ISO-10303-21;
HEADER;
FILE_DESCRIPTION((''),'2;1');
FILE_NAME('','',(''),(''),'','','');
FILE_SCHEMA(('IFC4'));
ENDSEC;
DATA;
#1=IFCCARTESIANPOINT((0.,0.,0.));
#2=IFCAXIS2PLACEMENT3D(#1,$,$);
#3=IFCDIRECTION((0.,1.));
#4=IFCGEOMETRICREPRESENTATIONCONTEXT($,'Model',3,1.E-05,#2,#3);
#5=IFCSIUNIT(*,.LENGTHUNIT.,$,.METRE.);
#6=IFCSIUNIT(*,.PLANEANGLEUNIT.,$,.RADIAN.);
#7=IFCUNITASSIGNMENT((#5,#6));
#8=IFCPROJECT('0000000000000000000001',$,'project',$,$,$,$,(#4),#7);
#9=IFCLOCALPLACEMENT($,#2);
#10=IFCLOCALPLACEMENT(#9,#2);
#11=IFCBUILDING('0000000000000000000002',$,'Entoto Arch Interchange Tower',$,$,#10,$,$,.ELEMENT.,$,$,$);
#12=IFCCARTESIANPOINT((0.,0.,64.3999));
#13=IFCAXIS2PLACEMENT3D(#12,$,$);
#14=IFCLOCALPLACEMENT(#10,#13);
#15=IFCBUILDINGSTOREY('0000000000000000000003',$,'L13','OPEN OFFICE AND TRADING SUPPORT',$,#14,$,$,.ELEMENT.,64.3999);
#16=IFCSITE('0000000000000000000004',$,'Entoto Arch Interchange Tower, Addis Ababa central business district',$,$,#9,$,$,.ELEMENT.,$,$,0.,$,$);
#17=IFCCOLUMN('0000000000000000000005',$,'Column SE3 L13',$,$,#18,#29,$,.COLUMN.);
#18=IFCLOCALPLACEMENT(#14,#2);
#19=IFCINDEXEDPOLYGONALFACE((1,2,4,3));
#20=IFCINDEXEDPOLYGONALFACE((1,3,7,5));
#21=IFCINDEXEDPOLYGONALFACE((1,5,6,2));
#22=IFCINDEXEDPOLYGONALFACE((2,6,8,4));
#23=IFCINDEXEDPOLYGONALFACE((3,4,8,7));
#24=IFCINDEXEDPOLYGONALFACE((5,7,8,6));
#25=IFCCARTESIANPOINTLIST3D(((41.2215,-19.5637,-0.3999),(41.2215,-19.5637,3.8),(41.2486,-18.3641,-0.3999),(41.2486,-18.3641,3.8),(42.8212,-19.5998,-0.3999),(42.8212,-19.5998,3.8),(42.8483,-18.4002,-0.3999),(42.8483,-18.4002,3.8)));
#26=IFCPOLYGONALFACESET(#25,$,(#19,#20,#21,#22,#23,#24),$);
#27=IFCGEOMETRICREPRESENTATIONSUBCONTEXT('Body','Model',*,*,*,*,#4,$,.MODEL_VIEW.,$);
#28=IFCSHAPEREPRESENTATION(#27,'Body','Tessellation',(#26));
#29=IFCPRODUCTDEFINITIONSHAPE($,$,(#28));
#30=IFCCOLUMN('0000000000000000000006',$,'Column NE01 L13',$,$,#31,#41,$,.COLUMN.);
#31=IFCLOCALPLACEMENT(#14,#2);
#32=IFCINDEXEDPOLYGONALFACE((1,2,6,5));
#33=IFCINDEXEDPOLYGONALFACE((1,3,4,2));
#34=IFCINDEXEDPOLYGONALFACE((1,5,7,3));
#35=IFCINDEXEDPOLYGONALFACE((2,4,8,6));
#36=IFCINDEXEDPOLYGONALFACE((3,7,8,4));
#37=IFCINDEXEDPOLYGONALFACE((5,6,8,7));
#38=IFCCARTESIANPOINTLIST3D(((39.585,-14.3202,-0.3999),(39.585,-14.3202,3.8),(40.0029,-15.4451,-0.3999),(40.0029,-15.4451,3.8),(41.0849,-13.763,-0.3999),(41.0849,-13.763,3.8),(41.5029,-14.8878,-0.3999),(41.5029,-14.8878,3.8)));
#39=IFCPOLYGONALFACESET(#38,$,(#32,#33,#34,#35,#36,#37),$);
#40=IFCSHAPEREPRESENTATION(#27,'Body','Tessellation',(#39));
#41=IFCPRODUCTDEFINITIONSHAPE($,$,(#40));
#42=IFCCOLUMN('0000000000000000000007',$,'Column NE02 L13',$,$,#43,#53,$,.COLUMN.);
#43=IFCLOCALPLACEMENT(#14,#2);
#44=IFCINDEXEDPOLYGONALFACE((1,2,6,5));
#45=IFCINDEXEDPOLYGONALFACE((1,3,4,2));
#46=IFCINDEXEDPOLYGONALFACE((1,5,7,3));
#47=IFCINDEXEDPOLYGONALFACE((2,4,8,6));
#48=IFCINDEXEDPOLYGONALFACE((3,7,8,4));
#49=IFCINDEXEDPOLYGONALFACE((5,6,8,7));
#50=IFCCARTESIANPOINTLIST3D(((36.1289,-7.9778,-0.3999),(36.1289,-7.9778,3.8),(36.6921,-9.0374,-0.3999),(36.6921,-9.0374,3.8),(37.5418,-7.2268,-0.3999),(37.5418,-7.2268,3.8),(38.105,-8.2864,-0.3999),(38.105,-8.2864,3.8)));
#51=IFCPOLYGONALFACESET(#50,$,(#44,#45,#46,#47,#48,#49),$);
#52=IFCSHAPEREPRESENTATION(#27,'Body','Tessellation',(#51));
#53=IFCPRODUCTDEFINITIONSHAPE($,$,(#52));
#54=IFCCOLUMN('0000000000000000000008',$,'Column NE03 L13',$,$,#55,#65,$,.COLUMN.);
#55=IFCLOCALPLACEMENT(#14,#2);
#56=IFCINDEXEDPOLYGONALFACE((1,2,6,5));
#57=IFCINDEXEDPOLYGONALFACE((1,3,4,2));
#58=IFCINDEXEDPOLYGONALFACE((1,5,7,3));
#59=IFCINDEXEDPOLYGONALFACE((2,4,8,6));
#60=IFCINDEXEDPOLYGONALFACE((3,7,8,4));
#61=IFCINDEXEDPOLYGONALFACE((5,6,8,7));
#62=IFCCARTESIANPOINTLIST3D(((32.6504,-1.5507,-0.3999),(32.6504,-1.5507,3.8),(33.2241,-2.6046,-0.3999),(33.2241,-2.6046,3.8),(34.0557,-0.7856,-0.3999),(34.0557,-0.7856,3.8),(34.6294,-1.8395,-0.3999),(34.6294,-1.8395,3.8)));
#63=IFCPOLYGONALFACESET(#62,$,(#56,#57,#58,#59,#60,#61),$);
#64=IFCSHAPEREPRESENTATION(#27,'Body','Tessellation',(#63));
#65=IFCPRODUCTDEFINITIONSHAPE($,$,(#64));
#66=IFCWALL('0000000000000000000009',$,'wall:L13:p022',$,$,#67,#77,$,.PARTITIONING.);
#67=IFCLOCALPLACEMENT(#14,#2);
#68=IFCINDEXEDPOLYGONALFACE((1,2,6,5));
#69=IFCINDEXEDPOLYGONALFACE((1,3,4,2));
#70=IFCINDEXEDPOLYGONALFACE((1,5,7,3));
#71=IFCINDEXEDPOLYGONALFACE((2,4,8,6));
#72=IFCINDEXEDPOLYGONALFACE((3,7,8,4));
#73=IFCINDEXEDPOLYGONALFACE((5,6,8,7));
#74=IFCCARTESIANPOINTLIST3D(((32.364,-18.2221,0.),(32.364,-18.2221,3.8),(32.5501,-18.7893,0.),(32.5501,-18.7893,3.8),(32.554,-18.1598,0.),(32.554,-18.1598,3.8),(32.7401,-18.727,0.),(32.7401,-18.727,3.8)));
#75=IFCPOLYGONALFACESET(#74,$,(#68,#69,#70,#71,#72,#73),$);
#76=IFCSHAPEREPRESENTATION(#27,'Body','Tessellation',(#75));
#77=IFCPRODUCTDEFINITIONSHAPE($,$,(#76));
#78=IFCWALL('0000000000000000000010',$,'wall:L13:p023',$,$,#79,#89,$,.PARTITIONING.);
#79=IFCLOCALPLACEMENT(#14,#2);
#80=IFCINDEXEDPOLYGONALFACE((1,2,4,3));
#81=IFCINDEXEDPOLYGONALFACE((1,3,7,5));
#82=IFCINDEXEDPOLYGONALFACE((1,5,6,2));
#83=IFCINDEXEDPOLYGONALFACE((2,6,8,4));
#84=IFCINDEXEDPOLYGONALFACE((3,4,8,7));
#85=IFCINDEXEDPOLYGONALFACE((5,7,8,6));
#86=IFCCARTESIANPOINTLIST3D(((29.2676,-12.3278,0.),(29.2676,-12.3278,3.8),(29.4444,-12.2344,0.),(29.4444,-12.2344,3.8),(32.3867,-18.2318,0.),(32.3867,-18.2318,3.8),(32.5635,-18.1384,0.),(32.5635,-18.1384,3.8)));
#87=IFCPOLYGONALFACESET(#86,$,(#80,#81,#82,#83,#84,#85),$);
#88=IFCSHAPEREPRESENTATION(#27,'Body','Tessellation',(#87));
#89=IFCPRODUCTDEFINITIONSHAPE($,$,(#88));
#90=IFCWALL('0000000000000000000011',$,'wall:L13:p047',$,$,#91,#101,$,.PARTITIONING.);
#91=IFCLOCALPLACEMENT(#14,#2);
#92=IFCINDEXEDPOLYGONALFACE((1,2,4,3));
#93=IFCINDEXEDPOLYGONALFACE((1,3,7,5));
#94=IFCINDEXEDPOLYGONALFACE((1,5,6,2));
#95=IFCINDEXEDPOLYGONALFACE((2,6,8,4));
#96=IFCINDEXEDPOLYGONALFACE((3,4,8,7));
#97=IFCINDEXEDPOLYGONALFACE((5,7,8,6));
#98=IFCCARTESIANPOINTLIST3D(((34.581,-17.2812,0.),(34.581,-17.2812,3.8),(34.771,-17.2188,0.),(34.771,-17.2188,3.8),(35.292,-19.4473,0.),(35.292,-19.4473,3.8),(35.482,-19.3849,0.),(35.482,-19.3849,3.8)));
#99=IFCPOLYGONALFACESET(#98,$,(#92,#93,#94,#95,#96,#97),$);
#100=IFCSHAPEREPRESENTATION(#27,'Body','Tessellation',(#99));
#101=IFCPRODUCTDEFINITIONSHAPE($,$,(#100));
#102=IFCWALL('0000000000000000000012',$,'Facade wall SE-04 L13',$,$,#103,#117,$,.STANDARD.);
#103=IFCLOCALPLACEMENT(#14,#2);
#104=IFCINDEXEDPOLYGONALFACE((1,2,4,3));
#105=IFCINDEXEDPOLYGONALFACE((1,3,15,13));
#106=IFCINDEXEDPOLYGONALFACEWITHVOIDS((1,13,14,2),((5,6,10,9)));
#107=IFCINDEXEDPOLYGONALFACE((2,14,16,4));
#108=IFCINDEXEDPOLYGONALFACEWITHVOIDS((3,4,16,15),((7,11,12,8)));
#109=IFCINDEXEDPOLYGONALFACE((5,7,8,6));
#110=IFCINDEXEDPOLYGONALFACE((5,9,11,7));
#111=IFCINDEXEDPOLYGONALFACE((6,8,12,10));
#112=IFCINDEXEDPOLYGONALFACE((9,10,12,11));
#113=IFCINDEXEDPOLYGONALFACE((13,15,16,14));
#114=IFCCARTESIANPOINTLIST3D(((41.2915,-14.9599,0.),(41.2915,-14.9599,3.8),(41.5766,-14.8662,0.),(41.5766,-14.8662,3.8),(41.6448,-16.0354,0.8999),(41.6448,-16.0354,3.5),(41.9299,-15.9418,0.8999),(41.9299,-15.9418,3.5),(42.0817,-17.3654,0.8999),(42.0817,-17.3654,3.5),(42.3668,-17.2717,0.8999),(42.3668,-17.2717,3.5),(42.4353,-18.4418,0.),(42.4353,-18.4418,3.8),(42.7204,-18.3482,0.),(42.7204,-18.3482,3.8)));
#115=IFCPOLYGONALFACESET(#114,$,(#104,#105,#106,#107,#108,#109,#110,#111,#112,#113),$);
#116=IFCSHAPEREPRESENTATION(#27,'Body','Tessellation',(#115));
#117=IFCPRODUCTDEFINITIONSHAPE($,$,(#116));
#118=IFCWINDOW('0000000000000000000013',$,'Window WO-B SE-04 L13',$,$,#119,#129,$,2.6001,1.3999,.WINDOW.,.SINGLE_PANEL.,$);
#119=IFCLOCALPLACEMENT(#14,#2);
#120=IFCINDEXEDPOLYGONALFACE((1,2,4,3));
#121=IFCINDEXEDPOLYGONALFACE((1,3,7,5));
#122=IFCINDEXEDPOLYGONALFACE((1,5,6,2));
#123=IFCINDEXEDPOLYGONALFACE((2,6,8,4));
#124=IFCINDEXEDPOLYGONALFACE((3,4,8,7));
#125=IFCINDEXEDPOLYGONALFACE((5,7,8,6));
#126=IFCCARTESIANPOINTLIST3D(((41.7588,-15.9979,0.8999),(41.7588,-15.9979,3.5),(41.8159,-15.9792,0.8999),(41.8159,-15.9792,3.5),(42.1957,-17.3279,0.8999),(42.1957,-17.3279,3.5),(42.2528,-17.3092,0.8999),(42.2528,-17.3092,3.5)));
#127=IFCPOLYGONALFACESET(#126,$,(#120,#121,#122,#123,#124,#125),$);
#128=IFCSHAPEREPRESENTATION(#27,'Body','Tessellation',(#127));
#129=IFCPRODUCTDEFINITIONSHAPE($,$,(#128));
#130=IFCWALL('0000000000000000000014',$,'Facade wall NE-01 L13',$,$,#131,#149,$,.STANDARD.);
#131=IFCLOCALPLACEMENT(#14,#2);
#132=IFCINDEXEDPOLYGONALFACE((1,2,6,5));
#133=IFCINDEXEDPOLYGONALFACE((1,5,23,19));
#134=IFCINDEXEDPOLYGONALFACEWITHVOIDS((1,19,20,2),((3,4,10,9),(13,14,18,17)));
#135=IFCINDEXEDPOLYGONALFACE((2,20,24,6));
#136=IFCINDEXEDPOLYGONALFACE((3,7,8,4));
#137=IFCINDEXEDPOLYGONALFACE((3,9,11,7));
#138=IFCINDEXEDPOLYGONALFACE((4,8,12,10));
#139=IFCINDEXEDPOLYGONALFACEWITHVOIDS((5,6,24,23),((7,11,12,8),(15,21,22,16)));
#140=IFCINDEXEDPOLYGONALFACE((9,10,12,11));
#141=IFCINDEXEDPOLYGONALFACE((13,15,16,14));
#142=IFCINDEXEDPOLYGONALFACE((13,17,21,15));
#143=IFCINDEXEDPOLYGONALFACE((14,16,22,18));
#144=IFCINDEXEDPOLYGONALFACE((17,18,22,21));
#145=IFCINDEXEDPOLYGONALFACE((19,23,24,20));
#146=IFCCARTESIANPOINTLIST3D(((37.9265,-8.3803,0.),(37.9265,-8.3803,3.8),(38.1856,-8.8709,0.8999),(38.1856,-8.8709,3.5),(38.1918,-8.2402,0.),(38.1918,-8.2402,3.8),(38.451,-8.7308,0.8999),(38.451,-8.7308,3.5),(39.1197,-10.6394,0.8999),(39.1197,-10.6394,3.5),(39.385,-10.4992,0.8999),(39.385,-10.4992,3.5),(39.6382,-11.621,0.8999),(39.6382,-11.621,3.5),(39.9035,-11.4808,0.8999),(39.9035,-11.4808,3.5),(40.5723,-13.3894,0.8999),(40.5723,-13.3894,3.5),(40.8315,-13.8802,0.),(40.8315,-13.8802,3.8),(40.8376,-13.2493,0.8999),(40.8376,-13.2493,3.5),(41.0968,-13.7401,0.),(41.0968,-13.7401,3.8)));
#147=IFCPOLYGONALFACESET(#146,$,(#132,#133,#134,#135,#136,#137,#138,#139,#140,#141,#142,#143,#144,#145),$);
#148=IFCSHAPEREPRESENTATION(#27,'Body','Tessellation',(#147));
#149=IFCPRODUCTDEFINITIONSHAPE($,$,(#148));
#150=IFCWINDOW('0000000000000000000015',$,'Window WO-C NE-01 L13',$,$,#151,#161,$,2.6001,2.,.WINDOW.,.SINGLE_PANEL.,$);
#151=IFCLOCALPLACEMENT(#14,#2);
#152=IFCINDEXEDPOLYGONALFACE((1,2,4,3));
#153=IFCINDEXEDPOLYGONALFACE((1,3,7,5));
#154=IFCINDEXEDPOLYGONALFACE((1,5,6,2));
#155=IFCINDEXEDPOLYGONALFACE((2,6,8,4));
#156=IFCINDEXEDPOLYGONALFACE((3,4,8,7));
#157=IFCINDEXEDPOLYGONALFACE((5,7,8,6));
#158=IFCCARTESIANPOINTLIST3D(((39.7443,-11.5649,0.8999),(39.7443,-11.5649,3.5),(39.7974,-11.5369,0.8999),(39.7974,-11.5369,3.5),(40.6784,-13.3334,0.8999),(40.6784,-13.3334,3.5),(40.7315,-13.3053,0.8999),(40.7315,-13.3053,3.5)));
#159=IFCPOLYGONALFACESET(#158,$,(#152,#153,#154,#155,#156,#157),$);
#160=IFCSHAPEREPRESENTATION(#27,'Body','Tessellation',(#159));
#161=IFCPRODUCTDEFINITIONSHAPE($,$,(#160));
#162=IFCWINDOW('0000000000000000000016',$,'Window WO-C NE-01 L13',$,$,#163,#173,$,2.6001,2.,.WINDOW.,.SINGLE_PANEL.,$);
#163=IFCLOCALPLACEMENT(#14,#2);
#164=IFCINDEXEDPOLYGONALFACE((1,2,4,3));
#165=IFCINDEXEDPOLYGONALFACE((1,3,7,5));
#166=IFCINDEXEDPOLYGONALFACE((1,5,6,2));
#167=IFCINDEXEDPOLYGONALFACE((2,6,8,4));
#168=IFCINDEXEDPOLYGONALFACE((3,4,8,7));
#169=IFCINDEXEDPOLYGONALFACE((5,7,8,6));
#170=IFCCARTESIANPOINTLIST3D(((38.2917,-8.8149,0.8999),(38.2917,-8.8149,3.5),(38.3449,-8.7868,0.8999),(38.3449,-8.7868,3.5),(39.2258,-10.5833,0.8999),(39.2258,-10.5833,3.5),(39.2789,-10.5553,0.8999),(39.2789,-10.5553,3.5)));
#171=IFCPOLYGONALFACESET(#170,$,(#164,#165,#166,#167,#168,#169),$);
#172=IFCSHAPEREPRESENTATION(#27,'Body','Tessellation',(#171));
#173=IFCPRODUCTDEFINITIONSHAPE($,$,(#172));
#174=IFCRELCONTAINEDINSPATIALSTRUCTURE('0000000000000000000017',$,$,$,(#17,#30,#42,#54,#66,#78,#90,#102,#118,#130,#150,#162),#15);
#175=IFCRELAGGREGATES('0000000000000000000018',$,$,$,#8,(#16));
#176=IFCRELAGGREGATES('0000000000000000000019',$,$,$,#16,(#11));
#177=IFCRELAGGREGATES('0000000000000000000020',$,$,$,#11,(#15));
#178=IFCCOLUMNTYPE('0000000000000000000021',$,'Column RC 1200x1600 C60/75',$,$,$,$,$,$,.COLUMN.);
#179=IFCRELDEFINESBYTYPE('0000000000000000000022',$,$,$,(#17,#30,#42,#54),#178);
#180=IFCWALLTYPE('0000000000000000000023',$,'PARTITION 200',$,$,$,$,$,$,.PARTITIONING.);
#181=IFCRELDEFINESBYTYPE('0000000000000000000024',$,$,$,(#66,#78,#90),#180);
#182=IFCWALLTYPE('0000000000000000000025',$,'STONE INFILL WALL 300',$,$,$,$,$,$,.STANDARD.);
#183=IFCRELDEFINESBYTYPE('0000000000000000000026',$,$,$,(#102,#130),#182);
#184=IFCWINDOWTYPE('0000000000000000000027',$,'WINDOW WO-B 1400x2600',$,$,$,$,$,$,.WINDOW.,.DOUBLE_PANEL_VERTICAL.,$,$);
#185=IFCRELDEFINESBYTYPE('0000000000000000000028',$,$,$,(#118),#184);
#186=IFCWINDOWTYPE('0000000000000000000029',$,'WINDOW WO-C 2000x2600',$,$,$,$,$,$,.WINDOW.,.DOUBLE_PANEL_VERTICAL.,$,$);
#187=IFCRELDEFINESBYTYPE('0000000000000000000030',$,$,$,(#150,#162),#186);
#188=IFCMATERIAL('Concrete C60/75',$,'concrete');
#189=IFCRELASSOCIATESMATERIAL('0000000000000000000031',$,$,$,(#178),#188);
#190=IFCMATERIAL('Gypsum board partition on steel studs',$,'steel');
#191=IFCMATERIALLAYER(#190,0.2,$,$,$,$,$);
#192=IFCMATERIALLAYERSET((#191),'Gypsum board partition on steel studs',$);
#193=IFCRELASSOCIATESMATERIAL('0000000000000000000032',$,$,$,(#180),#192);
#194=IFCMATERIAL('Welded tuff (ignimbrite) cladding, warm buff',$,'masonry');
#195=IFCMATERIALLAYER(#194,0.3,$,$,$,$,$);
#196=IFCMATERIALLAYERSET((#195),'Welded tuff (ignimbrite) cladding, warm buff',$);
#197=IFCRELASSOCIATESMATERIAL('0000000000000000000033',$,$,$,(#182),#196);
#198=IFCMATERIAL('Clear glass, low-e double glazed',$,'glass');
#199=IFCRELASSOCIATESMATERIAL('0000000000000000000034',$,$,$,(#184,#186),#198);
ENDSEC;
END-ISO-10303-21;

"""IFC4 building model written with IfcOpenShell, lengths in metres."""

from ifc_helpers import new_model, si_unit, direction, frame, frame_2d, origin, origin_2d, place, context, subcontext, project, spatial, rectangle, extrude, material, layer, layer_set, material_profile, profile_set, type_object, element, fill, save


model = new_model("IFC4")

# Units and contexts
model_context = context("Model", 3, precision=1e-05, world=origin(), true_north=direction((0.0, 1.0)))
body_context = subcontext(model_context, "Body", "Model", "MODEL_VIEW")
ifc_project = project(units=[si_unit("LENGTHUNIT", "METRE"), si_unit("PLANEANGLEUNIT", "RADIAN")], contexts=[model_context])

# Site, building, storey
site_placement = place(None, origin())
site = spatial("IfcSite", under=ifc_project, at=site_placement, Name="Entoto Arch Interchange Tower, Addis Ababa central business district", CompositionType="ELEMENT", RefElevation=0.0)
building_placement = place(site_placement, origin())
building = spatial("IfcBuilding", under=site, at=building_placement, Name="Entoto Arch Interchange Tower", CompositionType="ELEMENT")
storey_placement = place(building_placement, frame((0.0, 0.0, 64.3999)))
storey = spatial("IfcBuildingStorey", under=building, at=storey_placement, Name="L13", Description="OPEN OFFICE AND TRADING SUPPORT", CompositionType="ELEMENT", Elevation=64.3999)

# Columns
ifc_material_1 = material(Name="Concrete C60/75", Category="concrete")
ifc_material_profile = material_profile(ifc_material_1, rectangle(XDim=1.2, YDim=1.6001, at=origin_2d()))
ifc_profile_set = profile_set([ifc_material_profile], Name="Concrete C60/75")
column_type = type_object("IfcColumnType", Name="Column RC 1200x1600 C60/75", PredefinedType="COLUMN", material=ifc_profile_set)
for number, where, z_axis, x_axis, name in (
    (1, (42.0349, -18.9819, -0.3999), (0.0, 0.0, 1.0), (0.022565, 0.999745, 0.0), "Column SE3 L13"),
    (2, (40.5439, -14.604, -0.3999), (0.0, 0.0, 1.0), (-0.348278, 0.937391, 0.0), "Column NE01 L13"),
    (3, (37.1169, -8.1321, -0.3999), (0.0, 0.0, 1.0), (-0.469317, 0.88303, 0.0), "Column NE02 L13"),
    (4, (33.6399, -1.6951, -0.3999), (0.0, 0.0, 1.0), (-0.47814, 0.878284, 0.0), "Column NE03 L13"),
):
    element("IfcColumn", number, at=place(storey_placement, frame(where, z_axis=z_axis, x_axis=x_axis)), inside=storey, type_object=column_type, Name=name, PredefinedType="COLUMN", context=body_context, shape_type="SweptSolid", body=[
        extrude(rectangle(XDim=1.2, YDim=1.6001, at=origin_2d()), origin(), (0.0, 0.0, 1.0), 4.2),
    ])

# Walls
ifc_material_2 = material(Name="Gypsum board partition on steel studs", Category="steel")
ifc_layer_1 = layer(ifc_material_2, 0.2)
ifc_layer_set_1 = layer_set([ifc_layer_1], Name="Gypsum board partition on steel studs")
wall_type_1 = type_object("IfcWallType", Name="PARTITION 200", PredefinedType="PARTITIONING", material=ifc_layer_set_1)
wall_1_placement = place(storey_placement, frame((32.645, -18.7581, 0.0), z_axis=(0.0, 0.0, 1.0), x_axis=(-0.311684, 0.950186, 0.0)))
element("IfcWall", 5, at=wall_1_placement, inside=storey, type_object=wall_type_1, Name="wall:L13:p022", PredefinedType="PARTITIONING", context=body_context, shape_type="SweptSolid", body=[
    extrude(rectangle(XDim=0.5969, YDim=0.2, at=frame_2d((0.2983, 0.0))), origin(), (0.0, 0.0, 1.0), 3.8),
])
wall_2_placement = place(storey_placement, frame((32.4751, -18.1851, 0.0), z_axis=(0.0, 0.0, 1.0), x_axis=(-0.467123, 0.884192, 0.0)))
element("IfcWall", 6, at=wall_2_placement, inside=storey, type_object=wall_type_1, Name="wall:L13:p023", PredefinedType="PARTITIONING", context=body_context, shape_type="SweptSolid", body=[
    extrude(rectangle(XDim=6.6772, YDim=0.2, at=frame_2d((3.3386, 0.0))), origin(), (0.0, 0.0, 1.0), 3.8),
])
wall_3_placement = place(storey_placement, frame((34.676, -17.25, 0.0), z_axis=(0.0, 0.0, 1.0), x_axis=(0.311855, -0.95013, 0.0)))
element("IfcWall", 7, at=wall_3_placement, inside=storey, type_object=wall_type_1, Name="wall:L13:p047", PredefinedType="PARTITIONING", context=body_context, shape_type="SweptSolid", body=[
    extrude(rectangle(XDim=2.2798, YDim=0.2, at=frame_2d((1.1399, 0.0))), origin(), (0.0, 0.0, 1.0), 3.8),
])

# Wall, opening, window
ifc_material_3 = material(Name="Welded tuff (ignimbrite) cladding, warm buff", Category="masonry")
ifc_layer_2 = layer(ifc_material_3, 0.3)
ifc_layer_set_2 = layer_set([ifc_layer_2], Name="Welded tuff (ignimbrite) cladding, warm buff")
wall_type_2 = type_object("IfcWallType", Name="STONE INFILL WALL 300", PredefinedType="STANDARD", material=ifc_layer_set_2)
wall_4_placement = place(storey_placement, frame((42.5779, -18.395, 0.0), z_axis=(0.0, 0.0, 1.0), x_axis=(-0.312088, 0.950053, 0.0)))
wall_4 = element("IfcWall", 8, at=wall_4_placement, inside=storey, type_object=wall_type_2, Name="Facade wall SE-04 L13", PredefinedType="STANDARD", context=body_context, shape_type="SweptSolid", body=[
    extrude(rectangle(XDim=3.665, YDim=0.3, at=frame_2d((1.8325, 0.0))), origin(), (0.0, 0.0, 1.0), 3.8),
])
opening_1_placement = place(wall_4_placement, frame((1.1331, 0.0, 0.8999)))
opening_1 = element("IfcOpeningElement", 9, at=opening_1_placement, cuts=wall_4, PredefinedType="OPENING", context=body_context, shape_type="SweptSolid", body=[
    extrude(rectangle(XDim=1.3999, YDim=2.6001, at=frame_2d((0.7, 1.3))), frame((0.0, 0.1602, 0.0), z_axis=(0.0, -1.0, 0.0), x_axis=(1.0, 0.0, 0.0)), (0.0, 0.0, 1.0), 0.3201),
])
ifc_material_4 = material(Name="Clear glass, low-e double glazed", Category="glass")
window_type_1 = type_object("IfcWindowType", Name="WINDOW WO-B 1400x2600", PartitioningType="DOUBLE_PANEL_VERTICAL", PredefinedType="WINDOW", material=ifc_material_4)
window_1_placement = place(opening_1_placement, origin())
window_1 = element("IfcWindow", 10, at=window_1_placement, inside=storey, type_object=window_type_1, Name="Window WO-B SE-04 L13", OverallHeight=2.6001, OverallWidth=1.3999, PartitioningType="SINGLE_PANEL", PredefinedType="WINDOW", context=body_context, shape_type="SweptSolid", body=[
    extrude(rectangle(XDim=1.3999, YDim=2.6001, at=frame_2d((0.7, 1.3))), frame((0.0, 0.03, 0.0), z_axis=(0.0, -1.0, 0.0), x_axis=(1.0, 0.0, 0.0)), (0.0, 0.0, 1.0), 0.0601),
])
fill(opening_1, window_1)

# Wall, openings, windows
wall_5_placement = place(storey_placement, frame((40.9641, -13.8101, 0.0), z_axis=(0.0, 0.0, 1.0), x_axis=(-0.467042, 0.884235, 0.0)))
wall_5 = element("IfcWall", 11, at=wall_5_placement, inside=storey, type_object=wall_type_2, Name="Facade wall NE-01 L13", PredefinedType="STANDARD", context=body_context, shape_type="SweptSolid", body=[
    extrude(rectangle(XDim=6.22, YDim=0.3, at=frame_2d((3.1099, 0.0))), origin(), (0.0, 0.0, 1.0), 3.8),
])
opening_2_placement = place(wall_5_placement, frame((0.5549, 0.0, 0.8999)))
opening_2 = element("IfcOpeningElement", 12, at=opening_2_placement, cuts=wall_5, PredefinedType="OPENING", context=body_context, shape_type="SweptSolid", body=[
    extrude(rectangle(XDim=2.0, YDim=2.6001, at=frame_2d((1.0, 1.3))), frame((0.0, 0.1602, 0.0), z_axis=(0.0, -1.0, 0.0), x_axis=(1.0, 0.0, 0.0)), (0.0, 0.0, 1.0), 0.3201),
])
opening_3_placement = place(wall_5_placement, frame((3.665, 0.0, 0.8999)))
opening_3 = element("IfcOpeningElement", 13, at=opening_3_placement, cuts=wall_5, PredefinedType="OPENING", context=body_context, shape_type="SweptSolid", body=[
    extrude(rectangle(XDim=2.0, YDim=2.6001, at=frame_2d((1.0, 1.3))), frame((0.0, 0.1602, 0.0), z_axis=(0.0, -1.0, 0.0), x_axis=(1.0, 0.0, 0.0)), (0.0, 0.0, 1.0), 0.3201),
])
window_type_2 = type_object("IfcWindowType", Name="WINDOW WO-C 2000x2600", PartitioningType="DOUBLE_PANEL_VERTICAL", PredefinedType="WINDOW", material=ifc_material_4)
window_2_placement = place(opening_2_placement, origin())
window_2 = element("IfcWindow", 14, at=window_2_placement, inside=storey, type_object=window_type_2, Name="Window WO-C NE-01 L13", OverallHeight=2.6001, OverallWidth=2.0, PartitioningType="SINGLE_PANEL", PredefinedType="WINDOW", context=body_context, shape_type="SweptSolid", body=[
    extrude(rectangle(XDim=2.0, YDim=2.6001, at=frame_2d((1.0, 1.3))), frame((0.0, 0.03, 0.0), z_axis=(0.0, -1.0, 0.0), x_axis=(1.0, 0.0, 0.0)), (0.0, 0.0, 1.0), 0.0601),
])
fill(opening_2, window_2)
window_3_placement = place(opening_3_placement, origin())
window_3 = element("IfcWindow", 15, at=window_3_placement, inside=storey, type_object=window_type_2, Name="Window WO-C NE-01 L13", OverallHeight=2.6001, OverallWidth=2.0, PartitioningType="SINGLE_PANEL", PredefinedType="WINDOW", context=body_context, shape_type="SweptSolid", body=[
    extrude(rectangle(XDim=2.0, YDim=2.6001, at=frame_2d((1.0, 1.3))), frame((0.0, 0.03, 0.0), z_axis=(0.0, -1.0, 0.0), x_axis=(1.0, 0.0, 0.0)), (0.0, 0.0, 1.0), 0.0601),
])
fill(opening_3, window_3)

save(model, "model.ifc")
